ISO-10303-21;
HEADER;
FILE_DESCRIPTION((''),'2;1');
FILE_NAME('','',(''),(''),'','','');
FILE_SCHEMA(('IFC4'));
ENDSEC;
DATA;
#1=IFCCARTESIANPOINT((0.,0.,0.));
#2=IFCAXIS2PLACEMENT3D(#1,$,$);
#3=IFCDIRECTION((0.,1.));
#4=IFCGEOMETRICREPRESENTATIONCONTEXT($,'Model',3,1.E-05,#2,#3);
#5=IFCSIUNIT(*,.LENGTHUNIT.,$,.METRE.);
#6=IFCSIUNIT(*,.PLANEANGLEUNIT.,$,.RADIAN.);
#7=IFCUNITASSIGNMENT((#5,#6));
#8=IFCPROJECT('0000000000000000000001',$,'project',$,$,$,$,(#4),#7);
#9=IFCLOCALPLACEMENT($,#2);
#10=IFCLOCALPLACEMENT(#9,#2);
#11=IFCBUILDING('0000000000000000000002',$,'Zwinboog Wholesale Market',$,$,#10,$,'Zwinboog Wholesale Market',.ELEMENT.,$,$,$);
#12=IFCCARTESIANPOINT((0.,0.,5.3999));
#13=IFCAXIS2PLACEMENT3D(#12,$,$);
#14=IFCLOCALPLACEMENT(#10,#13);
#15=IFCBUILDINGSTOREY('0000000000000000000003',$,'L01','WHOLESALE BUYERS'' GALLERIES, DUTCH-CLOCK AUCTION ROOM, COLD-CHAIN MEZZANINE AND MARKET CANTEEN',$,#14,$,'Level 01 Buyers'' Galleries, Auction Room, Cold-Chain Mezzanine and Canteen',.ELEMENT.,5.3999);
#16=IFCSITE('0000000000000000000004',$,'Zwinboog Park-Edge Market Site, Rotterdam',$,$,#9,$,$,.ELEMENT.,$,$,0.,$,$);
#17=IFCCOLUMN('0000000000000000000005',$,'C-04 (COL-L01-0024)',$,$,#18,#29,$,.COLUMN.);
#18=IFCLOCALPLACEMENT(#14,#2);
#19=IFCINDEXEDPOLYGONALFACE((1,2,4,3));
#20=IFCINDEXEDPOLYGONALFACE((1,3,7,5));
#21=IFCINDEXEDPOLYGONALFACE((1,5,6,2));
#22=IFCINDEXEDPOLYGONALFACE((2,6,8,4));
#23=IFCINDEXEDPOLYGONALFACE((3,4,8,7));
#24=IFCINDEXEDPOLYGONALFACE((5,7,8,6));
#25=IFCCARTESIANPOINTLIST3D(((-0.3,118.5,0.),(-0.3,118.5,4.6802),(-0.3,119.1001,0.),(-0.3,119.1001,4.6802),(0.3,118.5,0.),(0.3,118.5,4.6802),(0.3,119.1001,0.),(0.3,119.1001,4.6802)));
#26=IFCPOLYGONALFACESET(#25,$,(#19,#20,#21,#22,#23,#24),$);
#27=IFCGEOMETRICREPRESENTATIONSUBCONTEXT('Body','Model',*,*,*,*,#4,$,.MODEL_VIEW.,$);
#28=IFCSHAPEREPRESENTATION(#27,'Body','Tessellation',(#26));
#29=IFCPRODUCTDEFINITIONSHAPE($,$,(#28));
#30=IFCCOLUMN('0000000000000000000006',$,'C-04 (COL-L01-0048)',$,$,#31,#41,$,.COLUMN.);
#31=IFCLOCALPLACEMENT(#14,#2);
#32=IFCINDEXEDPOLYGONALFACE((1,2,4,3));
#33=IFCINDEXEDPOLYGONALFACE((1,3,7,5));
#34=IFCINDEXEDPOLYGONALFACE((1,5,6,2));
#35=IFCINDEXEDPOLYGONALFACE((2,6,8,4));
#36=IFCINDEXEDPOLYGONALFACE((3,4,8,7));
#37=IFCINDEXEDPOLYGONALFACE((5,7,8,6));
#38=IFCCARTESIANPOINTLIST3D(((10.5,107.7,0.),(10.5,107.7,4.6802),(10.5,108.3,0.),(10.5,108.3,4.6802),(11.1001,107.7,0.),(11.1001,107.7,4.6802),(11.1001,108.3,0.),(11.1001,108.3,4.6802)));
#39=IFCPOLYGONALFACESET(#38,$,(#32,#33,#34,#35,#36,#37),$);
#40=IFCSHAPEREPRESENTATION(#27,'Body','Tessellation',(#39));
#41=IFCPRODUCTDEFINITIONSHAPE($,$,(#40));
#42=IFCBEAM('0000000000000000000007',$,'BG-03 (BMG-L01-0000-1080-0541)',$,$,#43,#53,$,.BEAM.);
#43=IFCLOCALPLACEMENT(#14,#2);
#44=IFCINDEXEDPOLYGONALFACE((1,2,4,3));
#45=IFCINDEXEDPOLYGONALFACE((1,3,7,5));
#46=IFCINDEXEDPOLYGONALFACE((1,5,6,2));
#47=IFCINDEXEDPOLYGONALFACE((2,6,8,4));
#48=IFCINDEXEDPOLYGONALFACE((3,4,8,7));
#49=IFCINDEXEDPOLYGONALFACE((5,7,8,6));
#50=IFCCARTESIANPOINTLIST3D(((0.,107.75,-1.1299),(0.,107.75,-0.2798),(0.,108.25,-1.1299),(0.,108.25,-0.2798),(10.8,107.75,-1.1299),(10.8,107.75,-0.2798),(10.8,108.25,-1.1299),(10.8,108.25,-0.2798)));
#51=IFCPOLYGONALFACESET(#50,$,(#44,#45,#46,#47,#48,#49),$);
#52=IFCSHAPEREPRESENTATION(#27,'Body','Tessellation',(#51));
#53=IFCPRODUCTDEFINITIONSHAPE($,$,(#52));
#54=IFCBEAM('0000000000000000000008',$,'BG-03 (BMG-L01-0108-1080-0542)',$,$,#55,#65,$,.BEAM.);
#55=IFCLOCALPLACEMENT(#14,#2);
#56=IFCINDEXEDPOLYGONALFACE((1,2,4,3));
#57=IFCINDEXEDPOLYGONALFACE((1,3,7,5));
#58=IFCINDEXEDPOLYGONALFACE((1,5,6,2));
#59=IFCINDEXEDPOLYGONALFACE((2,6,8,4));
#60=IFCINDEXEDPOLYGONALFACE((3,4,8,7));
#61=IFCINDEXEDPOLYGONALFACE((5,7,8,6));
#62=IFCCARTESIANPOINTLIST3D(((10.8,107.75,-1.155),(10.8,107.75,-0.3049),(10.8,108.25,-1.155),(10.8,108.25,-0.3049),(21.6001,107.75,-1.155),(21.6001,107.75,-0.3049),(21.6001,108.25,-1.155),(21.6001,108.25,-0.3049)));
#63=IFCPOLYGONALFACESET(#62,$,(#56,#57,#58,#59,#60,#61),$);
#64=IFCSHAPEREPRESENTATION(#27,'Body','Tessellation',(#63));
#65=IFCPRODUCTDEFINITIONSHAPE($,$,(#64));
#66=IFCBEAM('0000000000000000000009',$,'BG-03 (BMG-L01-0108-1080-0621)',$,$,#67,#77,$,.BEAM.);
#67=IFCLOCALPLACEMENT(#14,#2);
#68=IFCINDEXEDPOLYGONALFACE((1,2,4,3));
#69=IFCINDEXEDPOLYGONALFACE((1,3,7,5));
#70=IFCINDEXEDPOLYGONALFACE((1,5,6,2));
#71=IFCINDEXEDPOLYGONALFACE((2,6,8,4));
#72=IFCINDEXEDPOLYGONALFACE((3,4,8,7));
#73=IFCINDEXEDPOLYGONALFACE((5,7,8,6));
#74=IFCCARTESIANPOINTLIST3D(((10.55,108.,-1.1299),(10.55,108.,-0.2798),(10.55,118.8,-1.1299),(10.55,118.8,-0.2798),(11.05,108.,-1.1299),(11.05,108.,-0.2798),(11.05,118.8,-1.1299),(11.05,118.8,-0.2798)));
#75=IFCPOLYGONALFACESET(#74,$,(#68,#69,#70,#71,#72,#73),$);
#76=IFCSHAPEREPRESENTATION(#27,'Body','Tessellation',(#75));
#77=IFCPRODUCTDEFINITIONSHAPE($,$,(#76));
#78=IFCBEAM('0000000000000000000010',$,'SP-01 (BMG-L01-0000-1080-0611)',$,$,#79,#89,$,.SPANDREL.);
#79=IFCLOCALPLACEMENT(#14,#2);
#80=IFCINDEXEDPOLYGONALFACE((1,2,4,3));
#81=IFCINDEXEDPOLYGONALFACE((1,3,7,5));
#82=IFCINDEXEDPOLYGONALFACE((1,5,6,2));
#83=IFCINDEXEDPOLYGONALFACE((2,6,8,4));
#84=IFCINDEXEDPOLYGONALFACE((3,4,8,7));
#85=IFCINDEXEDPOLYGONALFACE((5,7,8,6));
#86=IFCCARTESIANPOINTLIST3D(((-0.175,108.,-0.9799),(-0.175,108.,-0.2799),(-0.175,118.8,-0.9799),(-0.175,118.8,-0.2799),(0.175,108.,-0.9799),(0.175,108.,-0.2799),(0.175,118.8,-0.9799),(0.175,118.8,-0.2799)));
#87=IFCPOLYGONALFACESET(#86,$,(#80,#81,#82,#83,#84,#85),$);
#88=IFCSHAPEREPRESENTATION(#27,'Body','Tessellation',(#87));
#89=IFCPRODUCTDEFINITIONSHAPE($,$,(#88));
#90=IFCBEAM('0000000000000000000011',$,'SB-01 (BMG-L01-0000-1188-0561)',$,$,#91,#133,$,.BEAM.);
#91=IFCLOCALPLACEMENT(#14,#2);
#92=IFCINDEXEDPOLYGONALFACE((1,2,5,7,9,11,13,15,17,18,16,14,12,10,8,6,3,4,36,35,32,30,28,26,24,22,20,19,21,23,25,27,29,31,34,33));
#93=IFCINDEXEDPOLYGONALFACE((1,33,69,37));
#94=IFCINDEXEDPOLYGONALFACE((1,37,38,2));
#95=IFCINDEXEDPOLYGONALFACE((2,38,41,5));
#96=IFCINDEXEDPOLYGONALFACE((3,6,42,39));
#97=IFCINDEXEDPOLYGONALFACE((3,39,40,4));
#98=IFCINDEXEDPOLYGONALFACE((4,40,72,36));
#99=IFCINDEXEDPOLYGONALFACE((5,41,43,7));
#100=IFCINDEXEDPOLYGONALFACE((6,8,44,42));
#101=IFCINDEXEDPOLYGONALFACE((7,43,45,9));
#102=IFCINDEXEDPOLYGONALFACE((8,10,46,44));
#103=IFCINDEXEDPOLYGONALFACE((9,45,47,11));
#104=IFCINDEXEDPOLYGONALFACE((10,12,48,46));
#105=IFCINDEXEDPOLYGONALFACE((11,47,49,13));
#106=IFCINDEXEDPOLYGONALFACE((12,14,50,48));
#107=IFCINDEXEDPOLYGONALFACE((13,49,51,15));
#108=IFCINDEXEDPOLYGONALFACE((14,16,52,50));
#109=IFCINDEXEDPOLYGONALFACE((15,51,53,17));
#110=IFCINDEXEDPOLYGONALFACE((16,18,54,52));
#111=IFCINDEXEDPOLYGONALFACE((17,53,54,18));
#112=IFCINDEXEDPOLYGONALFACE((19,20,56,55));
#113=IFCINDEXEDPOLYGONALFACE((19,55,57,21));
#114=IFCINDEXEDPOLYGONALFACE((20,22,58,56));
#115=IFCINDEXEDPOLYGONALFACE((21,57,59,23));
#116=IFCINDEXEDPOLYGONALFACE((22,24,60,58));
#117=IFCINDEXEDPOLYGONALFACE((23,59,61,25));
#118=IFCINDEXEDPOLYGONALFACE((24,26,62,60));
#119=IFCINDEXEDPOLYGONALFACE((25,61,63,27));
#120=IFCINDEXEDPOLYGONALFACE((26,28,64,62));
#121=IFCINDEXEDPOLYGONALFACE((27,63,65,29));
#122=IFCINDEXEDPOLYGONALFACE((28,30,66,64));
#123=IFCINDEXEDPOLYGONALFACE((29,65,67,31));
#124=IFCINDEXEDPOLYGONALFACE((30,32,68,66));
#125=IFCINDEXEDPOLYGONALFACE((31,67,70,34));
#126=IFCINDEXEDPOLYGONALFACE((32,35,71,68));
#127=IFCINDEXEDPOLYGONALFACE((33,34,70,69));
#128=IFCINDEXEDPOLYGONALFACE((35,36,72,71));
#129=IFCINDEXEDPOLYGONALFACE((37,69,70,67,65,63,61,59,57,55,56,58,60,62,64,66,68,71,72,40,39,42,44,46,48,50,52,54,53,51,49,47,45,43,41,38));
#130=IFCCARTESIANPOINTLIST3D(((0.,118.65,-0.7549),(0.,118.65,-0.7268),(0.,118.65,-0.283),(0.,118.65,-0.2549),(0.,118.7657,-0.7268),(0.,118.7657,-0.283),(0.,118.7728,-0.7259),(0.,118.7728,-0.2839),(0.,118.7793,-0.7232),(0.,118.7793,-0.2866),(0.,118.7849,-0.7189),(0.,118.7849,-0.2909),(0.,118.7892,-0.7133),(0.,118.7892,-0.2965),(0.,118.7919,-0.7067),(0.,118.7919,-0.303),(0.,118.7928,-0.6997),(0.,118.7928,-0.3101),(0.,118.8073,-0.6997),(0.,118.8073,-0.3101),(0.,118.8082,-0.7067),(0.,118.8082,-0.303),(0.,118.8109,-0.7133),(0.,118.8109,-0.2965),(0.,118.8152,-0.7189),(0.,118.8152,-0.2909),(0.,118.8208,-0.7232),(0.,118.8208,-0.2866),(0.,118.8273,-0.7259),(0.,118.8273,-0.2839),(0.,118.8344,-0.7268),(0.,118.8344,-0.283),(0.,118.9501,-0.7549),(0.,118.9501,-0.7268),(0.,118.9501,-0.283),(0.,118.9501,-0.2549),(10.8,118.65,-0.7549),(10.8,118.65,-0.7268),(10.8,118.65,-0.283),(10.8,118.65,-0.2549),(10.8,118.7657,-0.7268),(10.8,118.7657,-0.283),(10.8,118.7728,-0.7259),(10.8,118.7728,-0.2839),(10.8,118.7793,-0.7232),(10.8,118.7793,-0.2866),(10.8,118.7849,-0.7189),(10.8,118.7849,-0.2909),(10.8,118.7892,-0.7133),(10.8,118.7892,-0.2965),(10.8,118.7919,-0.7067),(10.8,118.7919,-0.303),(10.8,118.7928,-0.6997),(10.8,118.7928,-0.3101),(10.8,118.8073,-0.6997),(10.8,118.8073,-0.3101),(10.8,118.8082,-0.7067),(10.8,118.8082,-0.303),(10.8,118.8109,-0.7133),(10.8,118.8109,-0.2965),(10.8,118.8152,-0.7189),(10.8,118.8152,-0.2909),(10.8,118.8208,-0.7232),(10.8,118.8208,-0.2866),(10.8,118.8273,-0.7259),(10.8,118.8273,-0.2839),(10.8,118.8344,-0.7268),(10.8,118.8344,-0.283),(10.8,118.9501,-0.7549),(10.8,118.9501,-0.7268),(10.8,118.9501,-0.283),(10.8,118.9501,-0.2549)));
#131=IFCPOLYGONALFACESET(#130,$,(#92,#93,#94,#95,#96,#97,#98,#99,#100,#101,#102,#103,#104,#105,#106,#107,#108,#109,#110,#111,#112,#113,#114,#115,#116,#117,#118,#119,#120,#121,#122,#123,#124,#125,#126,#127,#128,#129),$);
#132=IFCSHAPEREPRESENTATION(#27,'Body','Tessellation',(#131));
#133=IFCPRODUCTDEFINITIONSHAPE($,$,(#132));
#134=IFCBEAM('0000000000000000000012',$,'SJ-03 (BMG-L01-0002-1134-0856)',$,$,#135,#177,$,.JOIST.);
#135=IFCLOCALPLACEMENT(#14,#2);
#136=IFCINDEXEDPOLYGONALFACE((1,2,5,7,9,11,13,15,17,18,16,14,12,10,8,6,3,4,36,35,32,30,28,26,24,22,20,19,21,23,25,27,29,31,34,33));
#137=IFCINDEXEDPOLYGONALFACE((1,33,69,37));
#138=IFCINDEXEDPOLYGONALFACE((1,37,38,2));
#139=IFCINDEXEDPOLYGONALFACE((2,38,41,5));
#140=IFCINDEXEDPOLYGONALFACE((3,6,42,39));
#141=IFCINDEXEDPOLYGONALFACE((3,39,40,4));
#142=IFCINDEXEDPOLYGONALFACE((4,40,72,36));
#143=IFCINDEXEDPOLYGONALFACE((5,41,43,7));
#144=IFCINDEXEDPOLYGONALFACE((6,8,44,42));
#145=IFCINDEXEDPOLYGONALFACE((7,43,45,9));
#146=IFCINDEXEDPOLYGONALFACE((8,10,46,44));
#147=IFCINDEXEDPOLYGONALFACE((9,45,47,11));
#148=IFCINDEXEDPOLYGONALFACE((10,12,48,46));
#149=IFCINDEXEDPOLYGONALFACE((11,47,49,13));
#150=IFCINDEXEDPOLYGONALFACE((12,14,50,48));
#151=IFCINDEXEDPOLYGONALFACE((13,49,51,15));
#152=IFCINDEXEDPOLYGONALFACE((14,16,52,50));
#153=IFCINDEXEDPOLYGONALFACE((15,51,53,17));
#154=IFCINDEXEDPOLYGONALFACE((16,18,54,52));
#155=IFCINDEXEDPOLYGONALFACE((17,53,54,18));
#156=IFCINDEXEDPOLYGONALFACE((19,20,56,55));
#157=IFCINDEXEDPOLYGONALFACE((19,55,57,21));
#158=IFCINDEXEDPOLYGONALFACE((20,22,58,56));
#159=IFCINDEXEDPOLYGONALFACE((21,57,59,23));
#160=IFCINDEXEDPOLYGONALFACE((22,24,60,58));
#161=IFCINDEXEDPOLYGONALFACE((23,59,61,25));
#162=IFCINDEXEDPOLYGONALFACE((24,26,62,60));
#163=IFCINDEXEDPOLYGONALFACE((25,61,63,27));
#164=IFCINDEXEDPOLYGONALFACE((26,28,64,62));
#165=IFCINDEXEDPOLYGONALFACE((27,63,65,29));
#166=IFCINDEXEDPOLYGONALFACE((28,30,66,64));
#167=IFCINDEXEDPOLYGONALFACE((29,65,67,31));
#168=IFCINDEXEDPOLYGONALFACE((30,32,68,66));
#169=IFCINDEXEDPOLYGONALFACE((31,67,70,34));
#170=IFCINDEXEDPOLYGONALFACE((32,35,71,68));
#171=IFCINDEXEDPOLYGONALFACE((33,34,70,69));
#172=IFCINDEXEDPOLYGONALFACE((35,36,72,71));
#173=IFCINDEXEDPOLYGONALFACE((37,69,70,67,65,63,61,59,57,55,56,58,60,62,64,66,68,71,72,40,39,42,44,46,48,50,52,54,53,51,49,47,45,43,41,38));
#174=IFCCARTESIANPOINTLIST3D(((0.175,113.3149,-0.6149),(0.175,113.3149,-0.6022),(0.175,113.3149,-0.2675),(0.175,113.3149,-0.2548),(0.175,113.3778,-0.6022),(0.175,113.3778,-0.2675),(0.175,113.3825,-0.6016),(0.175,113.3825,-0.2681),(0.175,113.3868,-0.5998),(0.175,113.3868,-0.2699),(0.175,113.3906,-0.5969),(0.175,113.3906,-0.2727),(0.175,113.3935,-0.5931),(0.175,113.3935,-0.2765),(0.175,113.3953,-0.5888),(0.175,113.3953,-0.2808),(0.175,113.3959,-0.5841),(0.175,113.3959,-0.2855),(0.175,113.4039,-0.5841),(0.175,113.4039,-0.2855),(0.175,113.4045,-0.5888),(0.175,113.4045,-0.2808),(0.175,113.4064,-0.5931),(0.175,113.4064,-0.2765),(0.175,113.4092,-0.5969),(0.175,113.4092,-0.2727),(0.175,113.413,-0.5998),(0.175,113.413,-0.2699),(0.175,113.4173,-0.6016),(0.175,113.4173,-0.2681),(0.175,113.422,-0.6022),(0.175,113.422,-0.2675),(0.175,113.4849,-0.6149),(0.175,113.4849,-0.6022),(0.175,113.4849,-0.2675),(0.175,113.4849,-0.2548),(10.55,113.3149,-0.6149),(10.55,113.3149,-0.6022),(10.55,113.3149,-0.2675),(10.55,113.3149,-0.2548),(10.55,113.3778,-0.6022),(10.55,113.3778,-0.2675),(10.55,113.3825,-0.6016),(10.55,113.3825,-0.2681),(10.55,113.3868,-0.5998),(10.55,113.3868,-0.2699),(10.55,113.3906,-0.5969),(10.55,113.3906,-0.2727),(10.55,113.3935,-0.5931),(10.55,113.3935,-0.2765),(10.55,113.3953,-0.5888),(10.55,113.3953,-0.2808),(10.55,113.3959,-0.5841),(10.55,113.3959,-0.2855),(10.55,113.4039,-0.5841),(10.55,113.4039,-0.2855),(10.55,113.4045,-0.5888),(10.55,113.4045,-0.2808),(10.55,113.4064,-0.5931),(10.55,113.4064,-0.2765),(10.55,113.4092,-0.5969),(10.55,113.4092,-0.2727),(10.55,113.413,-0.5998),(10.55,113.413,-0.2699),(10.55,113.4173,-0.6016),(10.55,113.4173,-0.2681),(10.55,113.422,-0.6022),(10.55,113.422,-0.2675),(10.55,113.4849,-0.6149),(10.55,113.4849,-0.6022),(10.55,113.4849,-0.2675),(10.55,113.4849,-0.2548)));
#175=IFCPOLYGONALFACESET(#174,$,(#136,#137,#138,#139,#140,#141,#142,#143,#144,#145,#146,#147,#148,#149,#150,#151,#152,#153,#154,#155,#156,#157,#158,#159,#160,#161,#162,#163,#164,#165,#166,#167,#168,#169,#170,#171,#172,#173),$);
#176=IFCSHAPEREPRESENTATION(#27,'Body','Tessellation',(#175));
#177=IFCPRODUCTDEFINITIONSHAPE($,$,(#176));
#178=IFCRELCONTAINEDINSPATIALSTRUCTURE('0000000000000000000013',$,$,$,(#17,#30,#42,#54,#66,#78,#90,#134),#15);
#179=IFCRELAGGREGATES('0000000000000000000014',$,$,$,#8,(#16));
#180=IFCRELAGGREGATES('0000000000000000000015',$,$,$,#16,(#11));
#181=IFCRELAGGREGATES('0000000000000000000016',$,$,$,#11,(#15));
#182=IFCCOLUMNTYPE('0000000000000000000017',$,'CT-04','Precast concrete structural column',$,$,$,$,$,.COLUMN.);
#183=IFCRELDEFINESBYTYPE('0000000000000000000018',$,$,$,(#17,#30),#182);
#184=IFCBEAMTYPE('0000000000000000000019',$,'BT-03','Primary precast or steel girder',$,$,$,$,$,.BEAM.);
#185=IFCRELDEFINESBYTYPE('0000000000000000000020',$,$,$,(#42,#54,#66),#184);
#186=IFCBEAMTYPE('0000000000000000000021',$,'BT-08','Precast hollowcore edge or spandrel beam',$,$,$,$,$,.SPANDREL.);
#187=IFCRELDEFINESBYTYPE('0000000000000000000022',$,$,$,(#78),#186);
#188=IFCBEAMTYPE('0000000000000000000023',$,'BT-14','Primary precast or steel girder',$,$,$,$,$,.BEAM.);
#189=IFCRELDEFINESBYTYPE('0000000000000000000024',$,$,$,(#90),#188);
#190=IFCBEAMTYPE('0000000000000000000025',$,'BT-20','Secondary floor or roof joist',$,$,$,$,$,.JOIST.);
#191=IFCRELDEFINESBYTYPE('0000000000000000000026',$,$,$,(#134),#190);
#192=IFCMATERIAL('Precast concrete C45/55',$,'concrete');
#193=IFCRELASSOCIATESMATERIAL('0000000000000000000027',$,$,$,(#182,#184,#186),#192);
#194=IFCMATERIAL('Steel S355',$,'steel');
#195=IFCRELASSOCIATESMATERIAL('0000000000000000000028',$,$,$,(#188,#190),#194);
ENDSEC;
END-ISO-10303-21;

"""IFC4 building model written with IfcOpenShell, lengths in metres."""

from ifc_helpers import new_model, si_unit, direction, frame, origin, origin_2d, place, context, subcontext, project, spatial, rectangle, i_section, extrude, material, material_profile, profile_set, type_object, element, save


model = new_model("IFC4")

# Units and contexts
model_context = context("Model", 3, precision=1e-05, world=origin(), true_north=direction((0.0, 1.0)))
body_context = subcontext(model_context, "Body", "Model", "MODEL_VIEW")
ifc_project = project(units=[si_unit("LENGTHUNIT", "METRE"), si_unit("PLANEANGLEUNIT", "RADIAN")], contexts=[model_context])

# Site, building, storey
site_placement = place(None, origin())
site = spatial("IfcSite", under=ifc_project, at=site_placement, Name="Zwinboog Park-Edge Market Site, Rotterdam", CompositionType="ELEMENT", RefElevation=0.0)
building_placement = place(site_placement, origin())
building = spatial("IfcBuilding", under=site, at=building_placement, Name="Zwinboog Wholesale Market", LongName="Zwinboog Wholesale Market", CompositionType="ELEMENT")
storey_placement = place(building_placement, frame((0.0, 0.0, 5.3999)))
storey = spatial("IfcBuildingStorey", under=building, at=storey_placement, Name="L01", Description="WHOLESALE BUYERS' GALLERIES, DUTCH-CLOCK AUCTION ROOM, COLD-CHAIN MEZZANINE AND MARKET CANTEEN", LongName="Level 01 Buyers' Galleries, Auction Room, Cold-Chain Mezzanine and Canteen", CompositionType="ELEMENT", Elevation=5.3999)

# Columns
ifc_material_1 = material(Name="Precast concrete C45/55", Category="concrete")
ifc_material_profile_1 = material_profile(ifc_material_1, rectangle(XDim=0.6001, YDim=0.6001, at=origin_2d()), Name="PC 600x600")
ifc_profile_set_1 = profile_set([ifc_material_profile_1], Name="Precast concrete C45/55")
column_type = type_object("IfcColumnType", Name="CT-04", Description="Precast concrete structural column", PredefinedType="COLUMN", material=ifc_profile_set_1)
for number, where, z_axis, x_axis, name in (
    (1, (0.0, 118.8, 0.0), (0.0, 0.0, 1.0), (1.0, 0.0, 0.0), "C-04 (COL-L01-0024)"),
    (2, (10.8, 108.0, 0.0), (0.0, 0.0, 1.0), (1.0, 0.0, 0.0), "C-04 (COL-L01-0048)"),
):
    element("IfcColumn", number, at=place(storey_placement, frame(where, z_axis=z_axis, x_axis=x_axis)), inside=storey, type_object=column_type, Name=name, PredefinedType="COLUMN", context=body_context, shape_type="SweptSolid", body=[
        extrude(rectangle(XDim=0.6001, YDim=0.6001, at=origin_2d()), origin(), (0.0, 0.0, 1.0), 4.6802),
    ])

# Beams
ifc_material_profile_2 = material_profile(ifc_material_1, rectangle(XDim=0.5, YDim=0.8501, at=origin_2d()), Name="PC 500x850")
ifc_profile_set_2 = profile_set([ifc_material_profile_2], Name="Precast concrete C45/55")
beam_type_1 = type_object("IfcBeamType", Name="BT-03", Description="Primary precast or steel girder", PredefinedType="BEAM", material=ifc_profile_set_2)
for number, where, z_axis, x_axis, name in (
    (3, (0.0, 108.0, -0.7048), (1.0, 0.0, 0.0), (0.0, 1.0, 0.0), "BG-03 (BMG-L01-0000-1080-0541)"),
    (4, (10.8, 108.0, -0.73), (1.0, 0.0, 0.0), (0.0, 1.0, 0.0), "BG-03 (BMG-L01-0108-1080-0542)"),
    (5, (10.8, 108.0, -0.7048), (0.0, 1.0, 0.0), (-1.0, 0.0, 0.0), "BG-03 (BMG-L01-0108-1080-0621)"),
):
    element("IfcBeam", number, at=place(storey_placement, frame(where, z_axis=z_axis, x_axis=x_axis)), inside=storey, type_object=beam_type_1, Name=name, PredefinedType="BEAM", context=body_context, shape_type="SweptSolid", body=[
        extrude(rectangle(XDim=0.5, YDim=0.8501, at=origin_2d()), origin(), (0.0, 0.0, 1.0), 10.8),
    ])
ifc_material_profile_3 = material_profile(ifc_material_1, rectangle(XDim=0.3501, YDim=0.7, at=origin_2d()), Name="PC 350x700")
ifc_profile_set_3 = profile_set([ifc_material_profile_3], Name="Precast concrete C45/55")
beam_type_2 = type_object("IfcBeamType", Name="BT-08", Description="Precast hollowcore edge or spandrel beam", PredefinedType="SPANDREL", material=ifc_profile_set_3)
beam_1_placement = place(storey_placement, frame((0.0, 108.0, -0.6299), z_axis=(0.0, 1.0, 0.0), x_axis=(-1.0, 0.0, 0.0)))
element("IfcBeam", 6, at=beam_1_placement, inside=storey, type_object=beam_type_2, Name="SP-01 (BMG-L01-0000-1080-0611)", PredefinedType="SPANDREL", context=body_context, shape_type="SweptSolid", body=[
    extrude(rectangle(XDim=0.3501, YDim=0.7, at=origin_2d()), origin(), (0.0, 0.0, 1.0), 10.8),
])
ifc_material_2 = material(Name="Steel S355", Category="steel")
ifc_material_profile_4 = material_profile(ifc_material_2, i_section(OverallWidth=0.3, OverallDepth=0.5, WebThickness=0.0144, FlangeThickness=0.0281, FilletRadius=0.0271, at=origin_2d()), Name="HEB 500")
ifc_profile_set_4 = profile_set([ifc_material_profile_4], Name="Steel S355")
beam_type_3 = type_object("IfcBeamType", Name="BT-14", Description="Primary precast or steel girder", PredefinedType="BEAM", material=ifc_profile_set_4)
beam_2_placement = place(storey_placement, frame((0.0, 118.8, -0.5049), z_axis=(1.0, 0.0, 0.0), x_axis=(0.0, 1.0, 0.0)))
element("IfcBeam", 7, at=beam_2_placement, inside=storey, type_object=beam_type_3, Name="SB-01 (BMG-L01-0000-1188-0561)", PredefinedType="BEAM", context=body_context, shape_type="SweptSolid", body=[
    extrude(i_section(OverallWidth=0.3, OverallDepth=0.5, WebThickness=0.0144, FlangeThickness=0.0281, FilletRadius=0.0271, at=origin_2d()), origin(), (0.0, 0.0, 1.0), 10.8),
])
ifc_material_profile_5 = material_profile(ifc_material_2, i_section(OverallWidth=0.1699, OverallDepth=0.3601, WebThickness=0.0081, FlangeThickness=0.0127, FilletRadius=0.0181, at=origin_2d()), Name="IPE 360")
ifc_profile_set_5 = profile_set([ifc_material_profile_5], Name="Steel S355")
beam_type_4 = type_object("IfcBeamType", Name="BT-20", Description="Secondary floor or roof joist", PredefinedType="JOIST", material=ifc_profile_set_5)
beam_3_placement = place(storey_placement, frame((0.175, 113.3999, -0.4348), z_axis=(1.0, 0.0, 0.0), x_axis=(0.0, 1.0, 0.0)))
element("IfcBeam", 8, at=beam_3_placement, inside=storey, type_object=beam_type_4, Name="SJ-03 (BMG-L01-0002-1134-0856)", PredefinedType="JOIST", context=body_context, shape_type="SweptSolid", body=[
    extrude(i_section(OverallWidth=0.1699, OverallDepth=0.3601, WebThickness=0.0081, FlangeThickness=0.0127, FilletRadius=0.0181, at=origin_2d()), origin(), (0.0, 0.0, 1.0), 10.375),
])

save(model, "model.ifc")
